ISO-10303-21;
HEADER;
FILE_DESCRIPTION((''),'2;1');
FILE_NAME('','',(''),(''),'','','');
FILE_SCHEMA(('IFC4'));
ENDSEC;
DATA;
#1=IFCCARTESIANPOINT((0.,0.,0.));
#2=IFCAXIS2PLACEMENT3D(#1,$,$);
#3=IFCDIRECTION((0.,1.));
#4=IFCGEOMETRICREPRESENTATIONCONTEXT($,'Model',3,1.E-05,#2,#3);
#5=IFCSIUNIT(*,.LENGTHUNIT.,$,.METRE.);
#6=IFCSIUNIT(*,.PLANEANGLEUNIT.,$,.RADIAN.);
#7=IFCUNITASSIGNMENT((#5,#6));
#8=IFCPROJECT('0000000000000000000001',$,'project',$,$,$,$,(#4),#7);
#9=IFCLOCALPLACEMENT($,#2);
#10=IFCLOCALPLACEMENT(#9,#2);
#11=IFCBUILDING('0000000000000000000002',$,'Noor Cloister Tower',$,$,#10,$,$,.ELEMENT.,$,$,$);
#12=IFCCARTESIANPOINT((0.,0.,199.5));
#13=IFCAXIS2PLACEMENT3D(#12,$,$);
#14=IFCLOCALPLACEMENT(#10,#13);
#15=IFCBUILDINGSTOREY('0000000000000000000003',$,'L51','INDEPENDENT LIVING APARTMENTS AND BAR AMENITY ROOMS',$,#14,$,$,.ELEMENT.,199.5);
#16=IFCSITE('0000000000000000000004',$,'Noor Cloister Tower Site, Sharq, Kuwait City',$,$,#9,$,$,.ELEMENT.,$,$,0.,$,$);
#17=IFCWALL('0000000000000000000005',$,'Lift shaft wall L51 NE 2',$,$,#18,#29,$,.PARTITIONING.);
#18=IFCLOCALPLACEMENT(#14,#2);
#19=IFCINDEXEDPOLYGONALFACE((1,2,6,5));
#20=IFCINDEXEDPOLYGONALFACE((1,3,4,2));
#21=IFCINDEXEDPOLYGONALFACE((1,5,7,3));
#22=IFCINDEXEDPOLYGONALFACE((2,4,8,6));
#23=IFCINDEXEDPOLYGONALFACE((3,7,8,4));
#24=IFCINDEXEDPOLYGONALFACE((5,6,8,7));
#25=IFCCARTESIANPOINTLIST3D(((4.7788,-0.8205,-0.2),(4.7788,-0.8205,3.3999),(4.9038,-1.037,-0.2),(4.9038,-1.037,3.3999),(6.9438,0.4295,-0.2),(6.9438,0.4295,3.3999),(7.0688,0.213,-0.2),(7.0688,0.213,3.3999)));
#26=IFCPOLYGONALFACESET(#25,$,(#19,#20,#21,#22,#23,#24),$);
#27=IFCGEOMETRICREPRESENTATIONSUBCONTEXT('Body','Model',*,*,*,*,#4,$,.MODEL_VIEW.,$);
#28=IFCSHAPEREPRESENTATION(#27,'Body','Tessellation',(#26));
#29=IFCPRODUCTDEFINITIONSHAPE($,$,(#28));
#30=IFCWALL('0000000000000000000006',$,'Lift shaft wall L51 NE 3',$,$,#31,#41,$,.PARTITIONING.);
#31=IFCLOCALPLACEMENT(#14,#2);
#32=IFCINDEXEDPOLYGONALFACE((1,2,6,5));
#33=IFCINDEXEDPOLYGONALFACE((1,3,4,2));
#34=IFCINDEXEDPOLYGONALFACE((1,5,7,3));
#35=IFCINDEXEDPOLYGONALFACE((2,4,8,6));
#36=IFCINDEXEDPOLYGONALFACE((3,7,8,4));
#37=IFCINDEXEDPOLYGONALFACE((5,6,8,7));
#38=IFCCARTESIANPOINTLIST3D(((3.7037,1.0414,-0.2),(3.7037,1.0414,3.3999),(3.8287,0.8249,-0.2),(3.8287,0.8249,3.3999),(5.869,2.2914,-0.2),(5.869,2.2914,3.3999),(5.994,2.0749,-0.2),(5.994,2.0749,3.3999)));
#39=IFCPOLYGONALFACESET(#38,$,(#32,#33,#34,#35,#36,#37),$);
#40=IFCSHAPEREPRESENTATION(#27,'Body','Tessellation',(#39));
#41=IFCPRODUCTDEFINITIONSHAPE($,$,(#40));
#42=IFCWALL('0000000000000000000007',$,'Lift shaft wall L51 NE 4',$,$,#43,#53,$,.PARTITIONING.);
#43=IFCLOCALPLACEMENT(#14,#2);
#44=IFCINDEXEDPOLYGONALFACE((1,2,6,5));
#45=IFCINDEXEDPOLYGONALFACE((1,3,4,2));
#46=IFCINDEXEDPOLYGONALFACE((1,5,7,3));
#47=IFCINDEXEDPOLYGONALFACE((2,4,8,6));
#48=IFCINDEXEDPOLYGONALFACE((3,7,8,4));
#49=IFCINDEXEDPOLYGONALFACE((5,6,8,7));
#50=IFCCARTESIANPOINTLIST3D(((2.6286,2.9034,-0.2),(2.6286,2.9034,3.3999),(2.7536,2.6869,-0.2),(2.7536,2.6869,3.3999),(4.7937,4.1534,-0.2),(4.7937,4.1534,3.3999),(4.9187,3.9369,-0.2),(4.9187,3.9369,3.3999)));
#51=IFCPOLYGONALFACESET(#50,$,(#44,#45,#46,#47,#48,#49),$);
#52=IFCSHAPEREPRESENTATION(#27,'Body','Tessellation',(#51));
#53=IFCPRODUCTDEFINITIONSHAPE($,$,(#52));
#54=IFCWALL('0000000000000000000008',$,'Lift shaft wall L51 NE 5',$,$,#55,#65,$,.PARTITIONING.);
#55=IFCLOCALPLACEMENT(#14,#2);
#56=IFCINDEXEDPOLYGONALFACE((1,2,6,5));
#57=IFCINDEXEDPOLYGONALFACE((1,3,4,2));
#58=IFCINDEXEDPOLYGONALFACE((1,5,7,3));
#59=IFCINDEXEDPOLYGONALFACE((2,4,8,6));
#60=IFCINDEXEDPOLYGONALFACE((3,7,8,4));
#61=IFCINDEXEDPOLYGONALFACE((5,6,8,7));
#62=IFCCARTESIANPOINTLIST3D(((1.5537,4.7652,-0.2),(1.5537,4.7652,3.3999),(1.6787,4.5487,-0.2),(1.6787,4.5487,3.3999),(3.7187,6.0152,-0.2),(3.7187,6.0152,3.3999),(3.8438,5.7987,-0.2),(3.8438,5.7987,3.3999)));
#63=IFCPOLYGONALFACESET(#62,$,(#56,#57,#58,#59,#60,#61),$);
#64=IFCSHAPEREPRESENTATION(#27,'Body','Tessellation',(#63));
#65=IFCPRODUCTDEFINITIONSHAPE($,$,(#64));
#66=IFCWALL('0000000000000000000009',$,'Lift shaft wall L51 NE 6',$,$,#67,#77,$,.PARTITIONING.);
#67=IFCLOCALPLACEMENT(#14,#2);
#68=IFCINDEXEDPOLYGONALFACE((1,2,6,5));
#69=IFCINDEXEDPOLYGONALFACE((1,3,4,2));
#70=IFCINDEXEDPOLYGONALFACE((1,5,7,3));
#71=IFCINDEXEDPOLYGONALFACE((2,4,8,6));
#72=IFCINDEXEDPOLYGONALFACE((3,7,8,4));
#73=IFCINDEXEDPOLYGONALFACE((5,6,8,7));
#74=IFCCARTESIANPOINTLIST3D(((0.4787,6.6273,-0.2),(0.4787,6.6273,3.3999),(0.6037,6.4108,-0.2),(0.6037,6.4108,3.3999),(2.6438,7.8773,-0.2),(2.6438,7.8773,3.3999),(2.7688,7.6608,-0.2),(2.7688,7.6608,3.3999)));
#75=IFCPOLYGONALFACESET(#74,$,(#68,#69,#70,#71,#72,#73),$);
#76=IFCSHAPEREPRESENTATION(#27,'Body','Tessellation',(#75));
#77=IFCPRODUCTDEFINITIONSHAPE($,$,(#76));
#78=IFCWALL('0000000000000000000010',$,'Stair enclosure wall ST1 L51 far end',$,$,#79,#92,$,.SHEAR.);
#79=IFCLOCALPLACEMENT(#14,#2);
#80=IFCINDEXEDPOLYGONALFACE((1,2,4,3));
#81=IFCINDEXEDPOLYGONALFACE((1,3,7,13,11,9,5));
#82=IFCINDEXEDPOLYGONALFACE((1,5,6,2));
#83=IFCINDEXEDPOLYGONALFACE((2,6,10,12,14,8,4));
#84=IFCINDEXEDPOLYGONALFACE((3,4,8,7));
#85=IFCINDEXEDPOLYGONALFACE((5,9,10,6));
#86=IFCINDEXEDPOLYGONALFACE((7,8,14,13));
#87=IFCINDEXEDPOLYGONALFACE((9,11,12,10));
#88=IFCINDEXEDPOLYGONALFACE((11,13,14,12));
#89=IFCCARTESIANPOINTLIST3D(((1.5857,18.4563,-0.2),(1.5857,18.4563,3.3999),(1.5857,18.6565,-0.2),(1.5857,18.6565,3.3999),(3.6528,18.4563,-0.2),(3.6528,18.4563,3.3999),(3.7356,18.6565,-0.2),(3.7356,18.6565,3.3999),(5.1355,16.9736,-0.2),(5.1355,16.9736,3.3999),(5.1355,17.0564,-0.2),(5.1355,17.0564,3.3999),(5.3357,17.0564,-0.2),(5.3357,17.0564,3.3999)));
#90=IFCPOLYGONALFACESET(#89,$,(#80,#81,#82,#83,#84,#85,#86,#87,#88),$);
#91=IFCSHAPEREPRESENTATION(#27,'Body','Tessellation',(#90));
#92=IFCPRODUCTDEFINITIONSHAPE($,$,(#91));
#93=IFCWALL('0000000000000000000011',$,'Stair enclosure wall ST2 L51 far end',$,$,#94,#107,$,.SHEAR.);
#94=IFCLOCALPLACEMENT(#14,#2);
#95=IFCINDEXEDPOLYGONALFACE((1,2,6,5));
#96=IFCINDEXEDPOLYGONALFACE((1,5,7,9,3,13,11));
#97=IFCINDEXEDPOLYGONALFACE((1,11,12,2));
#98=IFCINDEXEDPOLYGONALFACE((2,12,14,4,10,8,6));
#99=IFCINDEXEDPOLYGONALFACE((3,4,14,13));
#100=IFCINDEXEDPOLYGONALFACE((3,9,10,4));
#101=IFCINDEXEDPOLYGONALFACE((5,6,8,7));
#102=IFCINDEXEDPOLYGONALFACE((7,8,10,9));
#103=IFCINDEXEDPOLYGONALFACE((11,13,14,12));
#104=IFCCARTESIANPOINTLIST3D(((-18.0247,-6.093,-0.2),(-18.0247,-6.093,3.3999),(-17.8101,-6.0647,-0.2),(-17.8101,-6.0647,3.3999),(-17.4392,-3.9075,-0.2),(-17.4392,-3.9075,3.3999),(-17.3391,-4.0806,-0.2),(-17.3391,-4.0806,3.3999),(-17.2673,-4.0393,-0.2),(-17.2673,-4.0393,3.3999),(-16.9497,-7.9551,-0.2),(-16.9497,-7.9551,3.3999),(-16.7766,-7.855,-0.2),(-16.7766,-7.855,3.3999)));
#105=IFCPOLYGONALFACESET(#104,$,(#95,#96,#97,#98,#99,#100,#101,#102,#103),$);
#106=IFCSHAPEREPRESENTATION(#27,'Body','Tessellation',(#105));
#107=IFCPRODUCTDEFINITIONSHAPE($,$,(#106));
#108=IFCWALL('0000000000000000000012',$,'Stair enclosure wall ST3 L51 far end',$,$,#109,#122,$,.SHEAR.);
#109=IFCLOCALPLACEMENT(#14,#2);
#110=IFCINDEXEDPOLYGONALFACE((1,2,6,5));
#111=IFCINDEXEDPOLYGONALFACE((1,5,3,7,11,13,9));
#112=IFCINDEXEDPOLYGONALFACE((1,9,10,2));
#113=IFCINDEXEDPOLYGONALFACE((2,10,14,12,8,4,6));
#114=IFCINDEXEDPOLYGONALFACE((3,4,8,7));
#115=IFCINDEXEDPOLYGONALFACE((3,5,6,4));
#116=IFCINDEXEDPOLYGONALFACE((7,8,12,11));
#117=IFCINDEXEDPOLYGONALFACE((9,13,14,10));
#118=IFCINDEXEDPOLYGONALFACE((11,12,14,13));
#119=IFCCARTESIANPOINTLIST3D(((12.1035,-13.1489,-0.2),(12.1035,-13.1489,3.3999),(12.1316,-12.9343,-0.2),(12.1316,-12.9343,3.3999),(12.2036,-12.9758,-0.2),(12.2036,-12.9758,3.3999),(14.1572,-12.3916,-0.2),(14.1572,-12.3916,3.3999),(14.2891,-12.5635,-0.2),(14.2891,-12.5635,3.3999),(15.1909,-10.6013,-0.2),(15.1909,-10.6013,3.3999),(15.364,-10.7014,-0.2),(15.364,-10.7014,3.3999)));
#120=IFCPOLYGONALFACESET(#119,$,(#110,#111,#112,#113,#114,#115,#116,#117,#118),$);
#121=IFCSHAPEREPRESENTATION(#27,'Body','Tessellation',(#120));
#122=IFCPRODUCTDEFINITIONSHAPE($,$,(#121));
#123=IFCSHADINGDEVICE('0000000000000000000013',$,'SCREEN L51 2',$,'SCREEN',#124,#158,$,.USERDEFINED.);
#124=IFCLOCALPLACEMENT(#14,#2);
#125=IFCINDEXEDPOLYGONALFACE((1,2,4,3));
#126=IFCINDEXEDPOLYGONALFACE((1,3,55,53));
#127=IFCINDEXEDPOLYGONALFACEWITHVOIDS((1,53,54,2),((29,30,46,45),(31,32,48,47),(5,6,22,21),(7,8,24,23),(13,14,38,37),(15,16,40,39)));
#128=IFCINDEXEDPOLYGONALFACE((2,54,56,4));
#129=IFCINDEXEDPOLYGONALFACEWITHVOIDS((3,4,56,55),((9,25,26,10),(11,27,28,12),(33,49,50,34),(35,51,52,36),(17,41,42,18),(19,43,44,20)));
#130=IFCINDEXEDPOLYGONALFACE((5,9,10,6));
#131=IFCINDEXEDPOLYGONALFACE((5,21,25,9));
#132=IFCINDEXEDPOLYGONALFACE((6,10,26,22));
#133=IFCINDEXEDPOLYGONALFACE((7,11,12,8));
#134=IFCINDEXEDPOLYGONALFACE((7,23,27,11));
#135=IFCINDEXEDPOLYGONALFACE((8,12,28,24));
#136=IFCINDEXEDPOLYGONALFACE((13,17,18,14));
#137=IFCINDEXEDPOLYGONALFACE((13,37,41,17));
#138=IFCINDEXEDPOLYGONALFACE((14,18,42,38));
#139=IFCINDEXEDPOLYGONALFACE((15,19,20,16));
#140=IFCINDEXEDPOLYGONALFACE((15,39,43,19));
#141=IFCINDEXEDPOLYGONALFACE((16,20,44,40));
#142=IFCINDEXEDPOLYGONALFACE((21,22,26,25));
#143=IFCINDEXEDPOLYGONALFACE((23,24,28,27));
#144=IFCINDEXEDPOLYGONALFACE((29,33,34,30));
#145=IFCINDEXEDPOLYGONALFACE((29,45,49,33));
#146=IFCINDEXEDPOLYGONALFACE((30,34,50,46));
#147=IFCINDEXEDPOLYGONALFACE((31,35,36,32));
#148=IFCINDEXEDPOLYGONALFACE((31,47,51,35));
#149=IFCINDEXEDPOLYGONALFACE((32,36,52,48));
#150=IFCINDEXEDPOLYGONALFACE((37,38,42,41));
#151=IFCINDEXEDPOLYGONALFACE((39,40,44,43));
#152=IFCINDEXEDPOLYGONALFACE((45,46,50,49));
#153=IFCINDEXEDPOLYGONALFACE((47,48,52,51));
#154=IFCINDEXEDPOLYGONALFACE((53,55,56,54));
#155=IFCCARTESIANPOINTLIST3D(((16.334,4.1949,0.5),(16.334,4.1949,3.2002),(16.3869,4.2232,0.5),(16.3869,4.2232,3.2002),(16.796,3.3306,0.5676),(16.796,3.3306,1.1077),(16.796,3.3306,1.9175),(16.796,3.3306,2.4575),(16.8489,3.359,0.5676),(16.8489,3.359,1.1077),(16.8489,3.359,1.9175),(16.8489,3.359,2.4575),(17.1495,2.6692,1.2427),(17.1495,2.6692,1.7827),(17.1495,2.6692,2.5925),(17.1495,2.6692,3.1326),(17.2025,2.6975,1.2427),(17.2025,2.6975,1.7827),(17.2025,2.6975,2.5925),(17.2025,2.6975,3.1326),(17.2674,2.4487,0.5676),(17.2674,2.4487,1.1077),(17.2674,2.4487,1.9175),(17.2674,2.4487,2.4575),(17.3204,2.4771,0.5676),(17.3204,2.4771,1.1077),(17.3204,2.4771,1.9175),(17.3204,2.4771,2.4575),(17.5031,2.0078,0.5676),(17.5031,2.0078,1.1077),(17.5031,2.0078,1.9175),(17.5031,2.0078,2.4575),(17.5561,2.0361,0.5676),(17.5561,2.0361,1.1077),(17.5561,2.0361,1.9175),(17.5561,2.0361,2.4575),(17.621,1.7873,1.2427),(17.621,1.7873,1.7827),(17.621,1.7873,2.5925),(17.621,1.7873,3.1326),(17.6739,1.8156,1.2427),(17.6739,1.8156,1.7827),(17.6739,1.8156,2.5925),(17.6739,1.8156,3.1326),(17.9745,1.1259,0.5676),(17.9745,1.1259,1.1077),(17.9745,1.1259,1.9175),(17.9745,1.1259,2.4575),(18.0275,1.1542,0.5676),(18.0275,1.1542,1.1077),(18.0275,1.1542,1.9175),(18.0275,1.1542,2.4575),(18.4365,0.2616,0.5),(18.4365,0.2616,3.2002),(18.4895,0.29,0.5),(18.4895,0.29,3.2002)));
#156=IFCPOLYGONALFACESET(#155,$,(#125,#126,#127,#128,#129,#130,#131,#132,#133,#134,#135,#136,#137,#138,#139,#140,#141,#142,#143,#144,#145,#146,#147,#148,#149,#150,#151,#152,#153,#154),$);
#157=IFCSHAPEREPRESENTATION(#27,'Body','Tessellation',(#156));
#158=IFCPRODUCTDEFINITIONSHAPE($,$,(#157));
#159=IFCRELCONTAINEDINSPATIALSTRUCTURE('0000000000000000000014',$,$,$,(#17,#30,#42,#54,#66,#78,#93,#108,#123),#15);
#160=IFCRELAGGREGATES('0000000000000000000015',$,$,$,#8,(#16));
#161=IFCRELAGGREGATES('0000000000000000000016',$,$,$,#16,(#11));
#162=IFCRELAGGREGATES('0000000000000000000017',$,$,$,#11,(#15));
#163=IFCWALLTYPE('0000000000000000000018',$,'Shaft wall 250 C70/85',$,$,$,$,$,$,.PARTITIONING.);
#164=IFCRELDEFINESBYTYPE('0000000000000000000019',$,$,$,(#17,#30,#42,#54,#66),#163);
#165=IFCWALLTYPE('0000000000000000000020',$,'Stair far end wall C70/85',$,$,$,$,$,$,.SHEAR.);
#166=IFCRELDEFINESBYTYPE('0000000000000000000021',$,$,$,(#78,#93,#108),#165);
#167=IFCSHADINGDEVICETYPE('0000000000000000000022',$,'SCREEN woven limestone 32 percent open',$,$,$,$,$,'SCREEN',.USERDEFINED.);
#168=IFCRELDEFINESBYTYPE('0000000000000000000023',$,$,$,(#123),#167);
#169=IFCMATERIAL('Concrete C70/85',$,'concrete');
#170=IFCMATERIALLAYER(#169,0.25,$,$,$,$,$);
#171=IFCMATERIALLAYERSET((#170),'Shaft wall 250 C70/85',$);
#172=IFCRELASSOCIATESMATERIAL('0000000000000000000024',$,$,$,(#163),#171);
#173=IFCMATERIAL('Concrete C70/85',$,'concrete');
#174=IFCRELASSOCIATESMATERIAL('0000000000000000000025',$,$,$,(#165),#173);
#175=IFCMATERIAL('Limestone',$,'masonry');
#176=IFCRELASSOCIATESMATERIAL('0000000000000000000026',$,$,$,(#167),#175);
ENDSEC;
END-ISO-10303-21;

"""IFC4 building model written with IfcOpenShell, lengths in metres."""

from ifc_helpers import new_model, si_unit, direction, frame, frame_2d, origin, place, context, subcontext, project, spatial, polyline, rectangle, outline, extrude, material, layer, layer_set, material_profile, profile_set, type_object, element, save


model = new_model("IFC4")

# Units and contexts
model_context = context("Model", 3, precision=1e-05, world=origin(), true_north=direction((0.0, 1.0)))
body_context = subcontext(model_context, "Body", "Model", "MODEL_VIEW")
ifc_project = project(units=[si_unit("LENGTHUNIT", "METRE"), si_unit("PLANEANGLEUNIT", "RADIAN")], contexts=[model_context])

# Site, building, storey
site_placement = place(None, origin())
site = spatial("IfcSite", under=ifc_project, at=site_placement, Name="Noor Cloister Tower Site, Sharq, Kuwait City", CompositionType="ELEMENT", RefElevation=0.0)
building_placement = place(site_placement, origin())
building = spatial("IfcBuilding", under=site, at=building_placement, Name="Noor Cloister Tower", CompositionType="ELEMENT")
storey_placement = place(building_placement, frame((0.0, 0.0, 199.5)))
storey = spatial("IfcBuildingStorey", under=building, at=storey_placement, Name="L51", Description="INDEPENDENT LIVING APARTMENTS AND BAR AMENITY ROOMS", CompositionType="ELEMENT", Elevation=199.5)

# Walls
ifc_material_1 = material(Name="Concrete C70/85", Category="concrete")
ifc_layer_1 = layer(ifc_material_1, 0.25)
ifc_layer_set_1 = layer_set([ifc_layer_1], Name="Shaft wall 250 C70/85")
wall_type_1 = type_object("IfcWallType", Name="Shaft wall 250 C70/85", PredefinedType="PARTITIONING", material=ifc_layer_set_1)
wall_1_placement = place(storey_placement, frame((7.0063, 0.3213, -0.2), z_axis=(0.0, 0.0, 1.0), x_axis=(-0.866023, -0.500004, 0.0)))
element("IfcWall", 1, at=wall_1_placement, inside=storey, type_object=wall_type_1, Name="Lift shaft wall L51 NE 2", PredefinedType="PARTITIONING", context=body_context, shape_type="SweptSolid", body=[
    extrude(rectangle(XDim=2.5, YDim=0.25, at=frame_2d((1.25, 0.0))), origin(), (0.0, 0.0, 1.0), 3.5999),
])
wall_2_placement = place(storey_placement, frame((5.9314, 2.1831, -0.2), z_axis=(0.0, 0.0, 1.0), x_axis=(-0.866047, -0.499962, 0.0)))
element("IfcWall", 2, at=wall_2_placement, inside=storey, type_object=wall_type_1, Name="Lift shaft wall L51 NE 3", PredefinedType="PARTITIONING", context=body_context, shape_type="SweptSolid", body=[
    extrude(rectangle(XDim=2.5002, YDim=0.25, at=frame_2d((1.25, 0.0))), origin(), (0.0, 0.0, 1.0), 3.5999),
])
for number, where, z_axis, x_axis, name in (
    (3, (4.8562, 4.0452, -0.2), (0.0, 0.0, 1.0), (-0.866023, -0.500004, 0.0), "Lift shaft wall L51 NE 4"),
    (4, (3.7812, 5.907, -0.2), (0.0, 0.0, 1.0), (-0.866023, -0.500004, 0.0), "Lift shaft wall L51 NE 5"),
    (5, (2.7063, 7.769, -0.2), (0.0, 0.0, 1.0), (-0.866023, -0.500004, 0.0), "Lift shaft wall L51 NE 6"),
):
    element("IfcWall", number, at=place(storey_placement, frame(where, z_axis=z_axis, x_axis=x_axis)), inside=storey, type_object=wall_type_1, Name=name, PredefinedType="PARTITIONING", context=body_context, shape_type="SweptSolid", body=[
        extrude(rectangle(XDim=2.5, YDim=0.25, at=frame_2d((1.25, 0.0))), origin(), (0.0, 0.0, 1.0), 3.5999),
    ])
ifc_material_2 = material(Name="Concrete C70/85", Category="concrete")
wall_type_2 = type_object("IfcWallType", Name="Stair far end wall C70/85", PredefinedType="SHEAR", material=ifc_material_2)
wall_3_placement = place(storey_placement, frame((0.0, 0.0, -0.2)))
element("IfcWall", 6, at=wall_3_placement, inside=storey, type_object=wall_type_2, Name="Stair enclosure wall ST1 L51 far end", PredefinedType="SHEAR", context=body_context, shape_type="SweptSolid", body=[
    extrude(outline(polyline([(5.3357, 17.0564), (3.7356, 18.6565), (1.5857, 18.6565), (1.5857, 18.4563), (3.6528, 18.4563), (5.1355, 16.9736), (5.1355, 17.0564), (5.1355, 17.0564), (5.1355, 17.0564), (5.1355, 17.0564), (5.1355, 17.0564), (5.1355, 17.0564), (5.1355, 17.0564), (5.1355, 17.0564), (5.1355, 17.0564), (5.1355, 17.0564), (5.1355, 17.0564), (5.1355, 17.0564), (5.1355, 17.0564), (5.1355, 17.0564), (5.1355, 17.0564), (5.1355, 17.0564), (5.1355, 17.0564), (5.3357, 17.0564)])), origin(), (0.0, 0.0, 1.0), 3.5999),
])
wall_4_placement = place(storey_placement, frame((0.0, 0.0, -0.2)))
element("IfcWall", 7, at=wall_4_placement, inside=storey, type_object=wall_type_2, Name="Stair enclosure wall ST2 L51 far end", PredefinedType="SHEAR", context=body_context, shape_type="SweptSolid", body=[
    extrude(outline(polyline([(-17.4392, -3.9075), (-18.0247, -6.093), (-16.9497, -7.9551), (-16.7766, -7.855), (-17.8101, -6.0647), (-17.2673, -4.0393), (-17.3391, -4.0806), (-17.3391, -4.0806), (-17.3391, -4.0806), (-17.3391, -4.0806), (-17.3391, -4.0806), (-17.3391, -4.0806), (-17.3391, -4.0806), (-17.3391, -4.0806), (-17.3391, -4.0806), (-17.3391, -4.0806), (-17.3391, -4.0806), (-17.3391, -4.0806), (-17.3391, -4.0806), (-17.3391, -4.0806), (-17.3391, -4.0806), (-17.3391, -4.0806), (-17.3391, -4.0806), (-17.4392, -3.9075)])), origin(), (0.0, 0.0, 1.0), 3.5999),
])
wall_5_placement = place(storey_placement, frame((0.0, 0.0, -0.2)))
element("IfcWall", 8, at=wall_5_placement, inside=storey, type_object=wall_type_2, Name="Stair enclosure wall ST3 L51 far end", PredefinedType="SHEAR", context=body_context, shape_type="SweptSolid", body=[
    extrude(outline(polyline([(12.1035, -13.1489), (14.2891, -12.5635), (15.364, -10.7014), (15.1909, -10.6013), (14.1572, -12.3916), (12.1316, -12.9343), (12.2036, -12.9758), (12.2036, -12.9758), (12.2036, -12.9758), (12.2036, -12.9758), (12.2036, -12.9758), (12.2036, -12.9758), (12.2036, -12.9758), (12.2036, -12.9758), (12.2036, -12.9758), (12.2036, -12.9758), (12.2036, -12.9758), (12.2036, -12.9758), (12.2036, -12.9758), (12.2036, -12.9758), (12.2036, -12.9758), (12.2036, -12.9758), (12.2036, -12.9758), (12.1035, -13.1489)])), origin(), (0.0, 0.0, 1.0), 3.5999),
])

# Shading device
ifc_material_3 = material(Name="Limestone", Category="masonry")
ifc_material_profile_1 = material_profile(ifc_material_3, outline(polyline([(-2.23, -1.3501), (2.23, -1.3501), (2.23, 1.3501), (-2.23, 1.3501), (-2.23, -1.3501)]), holes=[polyline([(-1.25, -1.2825), (-0.25, -1.2825), (-0.25, -0.7424), (-1.25, -0.7424), (-1.25, -1.2825)]), polyline([(0.25, -1.2825), (1.25, -1.2825), (1.25, -0.7424), (0.25, -0.7424), (0.25, -1.2825)]), polyline([(-0.5, -0.6074), (0.5, -0.6074), (0.5, -0.0674), (-0.5, -0.0674), (-0.5, -0.6074)]), polyline([(-1.25, 0.0674), (-0.25, 0.0674), (-0.25, 0.6074), (-1.25, 0.6074), (-1.25, 0.0674)]), polyline([(0.25, 0.0674), (1.25, 0.0674), (1.25, 0.6074), (0.25, 0.6074), (0.25, 0.0674)]), polyline([(-0.5, 0.7424), (0.5, 0.7424), (0.5, 1.2825), (-0.5, 1.2825), (-0.5, 0.7424)])]), Name="Woven screen 32 percent open")
ifc_profile_set_1 = profile_set([ifc_material_profile_1], Name="Limestone")
shading_device_type = type_object("IfcShadingDeviceType", Name="SCREEN woven limestone 32 percent open", ElementType="SCREEN", PredefinedType="USERDEFINED", material=ifc_profile_set_1)
for number, where, z_axis, x_axis, name in (
    (9, (17.3853, 2.2283, 1.8501), (0.881903, 0.471432, 0.0), (-0.471432, 0.881903, 0.0), "SCREEN L51 2"),
):
    element("IfcShadingDevice", number, at=place(storey_placement, frame(where, z_axis=z_axis, x_axis=x_axis)), inside=storey, type_object=shading_device_type, Name=name, ObjectType="SCREEN", PredefinedType="USERDEFINED", context=body_context, shape_type="SweptSolid", body=[
        extrude(outline(polyline([(-2.23, -1.3501), (2.23, -1.3501), (2.23, 1.3501), (-2.23, 1.3501), (-2.23, -1.3501)]), holes=[polyline([(-1.25, -1.2825), (-0.25, -1.2825), (-0.25, -0.7424), (-1.25, -0.7424), (-1.25, -1.2825)]), polyline([(0.25, -1.2825), (1.25, -1.2825), (1.25, -0.7424), (0.25, -0.7424), (0.25, -1.2825)]), polyline([(-0.5, -0.6074), (0.5, -0.6074), (0.5, -0.0674), (-0.5, -0.0674), (-0.5, -0.6074)]), polyline([(-1.25, 0.0674), (-0.25, 0.0674), (-0.25, 0.6074), (-1.25, 0.6074), (-1.25, 0.0674)]), polyline([(0.25, 0.0674), (1.25, 0.0674), (1.25, 0.6074), (0.25, 0.6074), (0.25, 0.0674)]), polyline([(-0.5, 0.7424), (0.5, 0.7424), (0.5, 1.2825), (-0.5, 1.2825), (-0.5, 0.7424)])]), origin(), (0.0, 0.0, 1.0), 0.0601),
    ])

save(model, "model.ifc")
